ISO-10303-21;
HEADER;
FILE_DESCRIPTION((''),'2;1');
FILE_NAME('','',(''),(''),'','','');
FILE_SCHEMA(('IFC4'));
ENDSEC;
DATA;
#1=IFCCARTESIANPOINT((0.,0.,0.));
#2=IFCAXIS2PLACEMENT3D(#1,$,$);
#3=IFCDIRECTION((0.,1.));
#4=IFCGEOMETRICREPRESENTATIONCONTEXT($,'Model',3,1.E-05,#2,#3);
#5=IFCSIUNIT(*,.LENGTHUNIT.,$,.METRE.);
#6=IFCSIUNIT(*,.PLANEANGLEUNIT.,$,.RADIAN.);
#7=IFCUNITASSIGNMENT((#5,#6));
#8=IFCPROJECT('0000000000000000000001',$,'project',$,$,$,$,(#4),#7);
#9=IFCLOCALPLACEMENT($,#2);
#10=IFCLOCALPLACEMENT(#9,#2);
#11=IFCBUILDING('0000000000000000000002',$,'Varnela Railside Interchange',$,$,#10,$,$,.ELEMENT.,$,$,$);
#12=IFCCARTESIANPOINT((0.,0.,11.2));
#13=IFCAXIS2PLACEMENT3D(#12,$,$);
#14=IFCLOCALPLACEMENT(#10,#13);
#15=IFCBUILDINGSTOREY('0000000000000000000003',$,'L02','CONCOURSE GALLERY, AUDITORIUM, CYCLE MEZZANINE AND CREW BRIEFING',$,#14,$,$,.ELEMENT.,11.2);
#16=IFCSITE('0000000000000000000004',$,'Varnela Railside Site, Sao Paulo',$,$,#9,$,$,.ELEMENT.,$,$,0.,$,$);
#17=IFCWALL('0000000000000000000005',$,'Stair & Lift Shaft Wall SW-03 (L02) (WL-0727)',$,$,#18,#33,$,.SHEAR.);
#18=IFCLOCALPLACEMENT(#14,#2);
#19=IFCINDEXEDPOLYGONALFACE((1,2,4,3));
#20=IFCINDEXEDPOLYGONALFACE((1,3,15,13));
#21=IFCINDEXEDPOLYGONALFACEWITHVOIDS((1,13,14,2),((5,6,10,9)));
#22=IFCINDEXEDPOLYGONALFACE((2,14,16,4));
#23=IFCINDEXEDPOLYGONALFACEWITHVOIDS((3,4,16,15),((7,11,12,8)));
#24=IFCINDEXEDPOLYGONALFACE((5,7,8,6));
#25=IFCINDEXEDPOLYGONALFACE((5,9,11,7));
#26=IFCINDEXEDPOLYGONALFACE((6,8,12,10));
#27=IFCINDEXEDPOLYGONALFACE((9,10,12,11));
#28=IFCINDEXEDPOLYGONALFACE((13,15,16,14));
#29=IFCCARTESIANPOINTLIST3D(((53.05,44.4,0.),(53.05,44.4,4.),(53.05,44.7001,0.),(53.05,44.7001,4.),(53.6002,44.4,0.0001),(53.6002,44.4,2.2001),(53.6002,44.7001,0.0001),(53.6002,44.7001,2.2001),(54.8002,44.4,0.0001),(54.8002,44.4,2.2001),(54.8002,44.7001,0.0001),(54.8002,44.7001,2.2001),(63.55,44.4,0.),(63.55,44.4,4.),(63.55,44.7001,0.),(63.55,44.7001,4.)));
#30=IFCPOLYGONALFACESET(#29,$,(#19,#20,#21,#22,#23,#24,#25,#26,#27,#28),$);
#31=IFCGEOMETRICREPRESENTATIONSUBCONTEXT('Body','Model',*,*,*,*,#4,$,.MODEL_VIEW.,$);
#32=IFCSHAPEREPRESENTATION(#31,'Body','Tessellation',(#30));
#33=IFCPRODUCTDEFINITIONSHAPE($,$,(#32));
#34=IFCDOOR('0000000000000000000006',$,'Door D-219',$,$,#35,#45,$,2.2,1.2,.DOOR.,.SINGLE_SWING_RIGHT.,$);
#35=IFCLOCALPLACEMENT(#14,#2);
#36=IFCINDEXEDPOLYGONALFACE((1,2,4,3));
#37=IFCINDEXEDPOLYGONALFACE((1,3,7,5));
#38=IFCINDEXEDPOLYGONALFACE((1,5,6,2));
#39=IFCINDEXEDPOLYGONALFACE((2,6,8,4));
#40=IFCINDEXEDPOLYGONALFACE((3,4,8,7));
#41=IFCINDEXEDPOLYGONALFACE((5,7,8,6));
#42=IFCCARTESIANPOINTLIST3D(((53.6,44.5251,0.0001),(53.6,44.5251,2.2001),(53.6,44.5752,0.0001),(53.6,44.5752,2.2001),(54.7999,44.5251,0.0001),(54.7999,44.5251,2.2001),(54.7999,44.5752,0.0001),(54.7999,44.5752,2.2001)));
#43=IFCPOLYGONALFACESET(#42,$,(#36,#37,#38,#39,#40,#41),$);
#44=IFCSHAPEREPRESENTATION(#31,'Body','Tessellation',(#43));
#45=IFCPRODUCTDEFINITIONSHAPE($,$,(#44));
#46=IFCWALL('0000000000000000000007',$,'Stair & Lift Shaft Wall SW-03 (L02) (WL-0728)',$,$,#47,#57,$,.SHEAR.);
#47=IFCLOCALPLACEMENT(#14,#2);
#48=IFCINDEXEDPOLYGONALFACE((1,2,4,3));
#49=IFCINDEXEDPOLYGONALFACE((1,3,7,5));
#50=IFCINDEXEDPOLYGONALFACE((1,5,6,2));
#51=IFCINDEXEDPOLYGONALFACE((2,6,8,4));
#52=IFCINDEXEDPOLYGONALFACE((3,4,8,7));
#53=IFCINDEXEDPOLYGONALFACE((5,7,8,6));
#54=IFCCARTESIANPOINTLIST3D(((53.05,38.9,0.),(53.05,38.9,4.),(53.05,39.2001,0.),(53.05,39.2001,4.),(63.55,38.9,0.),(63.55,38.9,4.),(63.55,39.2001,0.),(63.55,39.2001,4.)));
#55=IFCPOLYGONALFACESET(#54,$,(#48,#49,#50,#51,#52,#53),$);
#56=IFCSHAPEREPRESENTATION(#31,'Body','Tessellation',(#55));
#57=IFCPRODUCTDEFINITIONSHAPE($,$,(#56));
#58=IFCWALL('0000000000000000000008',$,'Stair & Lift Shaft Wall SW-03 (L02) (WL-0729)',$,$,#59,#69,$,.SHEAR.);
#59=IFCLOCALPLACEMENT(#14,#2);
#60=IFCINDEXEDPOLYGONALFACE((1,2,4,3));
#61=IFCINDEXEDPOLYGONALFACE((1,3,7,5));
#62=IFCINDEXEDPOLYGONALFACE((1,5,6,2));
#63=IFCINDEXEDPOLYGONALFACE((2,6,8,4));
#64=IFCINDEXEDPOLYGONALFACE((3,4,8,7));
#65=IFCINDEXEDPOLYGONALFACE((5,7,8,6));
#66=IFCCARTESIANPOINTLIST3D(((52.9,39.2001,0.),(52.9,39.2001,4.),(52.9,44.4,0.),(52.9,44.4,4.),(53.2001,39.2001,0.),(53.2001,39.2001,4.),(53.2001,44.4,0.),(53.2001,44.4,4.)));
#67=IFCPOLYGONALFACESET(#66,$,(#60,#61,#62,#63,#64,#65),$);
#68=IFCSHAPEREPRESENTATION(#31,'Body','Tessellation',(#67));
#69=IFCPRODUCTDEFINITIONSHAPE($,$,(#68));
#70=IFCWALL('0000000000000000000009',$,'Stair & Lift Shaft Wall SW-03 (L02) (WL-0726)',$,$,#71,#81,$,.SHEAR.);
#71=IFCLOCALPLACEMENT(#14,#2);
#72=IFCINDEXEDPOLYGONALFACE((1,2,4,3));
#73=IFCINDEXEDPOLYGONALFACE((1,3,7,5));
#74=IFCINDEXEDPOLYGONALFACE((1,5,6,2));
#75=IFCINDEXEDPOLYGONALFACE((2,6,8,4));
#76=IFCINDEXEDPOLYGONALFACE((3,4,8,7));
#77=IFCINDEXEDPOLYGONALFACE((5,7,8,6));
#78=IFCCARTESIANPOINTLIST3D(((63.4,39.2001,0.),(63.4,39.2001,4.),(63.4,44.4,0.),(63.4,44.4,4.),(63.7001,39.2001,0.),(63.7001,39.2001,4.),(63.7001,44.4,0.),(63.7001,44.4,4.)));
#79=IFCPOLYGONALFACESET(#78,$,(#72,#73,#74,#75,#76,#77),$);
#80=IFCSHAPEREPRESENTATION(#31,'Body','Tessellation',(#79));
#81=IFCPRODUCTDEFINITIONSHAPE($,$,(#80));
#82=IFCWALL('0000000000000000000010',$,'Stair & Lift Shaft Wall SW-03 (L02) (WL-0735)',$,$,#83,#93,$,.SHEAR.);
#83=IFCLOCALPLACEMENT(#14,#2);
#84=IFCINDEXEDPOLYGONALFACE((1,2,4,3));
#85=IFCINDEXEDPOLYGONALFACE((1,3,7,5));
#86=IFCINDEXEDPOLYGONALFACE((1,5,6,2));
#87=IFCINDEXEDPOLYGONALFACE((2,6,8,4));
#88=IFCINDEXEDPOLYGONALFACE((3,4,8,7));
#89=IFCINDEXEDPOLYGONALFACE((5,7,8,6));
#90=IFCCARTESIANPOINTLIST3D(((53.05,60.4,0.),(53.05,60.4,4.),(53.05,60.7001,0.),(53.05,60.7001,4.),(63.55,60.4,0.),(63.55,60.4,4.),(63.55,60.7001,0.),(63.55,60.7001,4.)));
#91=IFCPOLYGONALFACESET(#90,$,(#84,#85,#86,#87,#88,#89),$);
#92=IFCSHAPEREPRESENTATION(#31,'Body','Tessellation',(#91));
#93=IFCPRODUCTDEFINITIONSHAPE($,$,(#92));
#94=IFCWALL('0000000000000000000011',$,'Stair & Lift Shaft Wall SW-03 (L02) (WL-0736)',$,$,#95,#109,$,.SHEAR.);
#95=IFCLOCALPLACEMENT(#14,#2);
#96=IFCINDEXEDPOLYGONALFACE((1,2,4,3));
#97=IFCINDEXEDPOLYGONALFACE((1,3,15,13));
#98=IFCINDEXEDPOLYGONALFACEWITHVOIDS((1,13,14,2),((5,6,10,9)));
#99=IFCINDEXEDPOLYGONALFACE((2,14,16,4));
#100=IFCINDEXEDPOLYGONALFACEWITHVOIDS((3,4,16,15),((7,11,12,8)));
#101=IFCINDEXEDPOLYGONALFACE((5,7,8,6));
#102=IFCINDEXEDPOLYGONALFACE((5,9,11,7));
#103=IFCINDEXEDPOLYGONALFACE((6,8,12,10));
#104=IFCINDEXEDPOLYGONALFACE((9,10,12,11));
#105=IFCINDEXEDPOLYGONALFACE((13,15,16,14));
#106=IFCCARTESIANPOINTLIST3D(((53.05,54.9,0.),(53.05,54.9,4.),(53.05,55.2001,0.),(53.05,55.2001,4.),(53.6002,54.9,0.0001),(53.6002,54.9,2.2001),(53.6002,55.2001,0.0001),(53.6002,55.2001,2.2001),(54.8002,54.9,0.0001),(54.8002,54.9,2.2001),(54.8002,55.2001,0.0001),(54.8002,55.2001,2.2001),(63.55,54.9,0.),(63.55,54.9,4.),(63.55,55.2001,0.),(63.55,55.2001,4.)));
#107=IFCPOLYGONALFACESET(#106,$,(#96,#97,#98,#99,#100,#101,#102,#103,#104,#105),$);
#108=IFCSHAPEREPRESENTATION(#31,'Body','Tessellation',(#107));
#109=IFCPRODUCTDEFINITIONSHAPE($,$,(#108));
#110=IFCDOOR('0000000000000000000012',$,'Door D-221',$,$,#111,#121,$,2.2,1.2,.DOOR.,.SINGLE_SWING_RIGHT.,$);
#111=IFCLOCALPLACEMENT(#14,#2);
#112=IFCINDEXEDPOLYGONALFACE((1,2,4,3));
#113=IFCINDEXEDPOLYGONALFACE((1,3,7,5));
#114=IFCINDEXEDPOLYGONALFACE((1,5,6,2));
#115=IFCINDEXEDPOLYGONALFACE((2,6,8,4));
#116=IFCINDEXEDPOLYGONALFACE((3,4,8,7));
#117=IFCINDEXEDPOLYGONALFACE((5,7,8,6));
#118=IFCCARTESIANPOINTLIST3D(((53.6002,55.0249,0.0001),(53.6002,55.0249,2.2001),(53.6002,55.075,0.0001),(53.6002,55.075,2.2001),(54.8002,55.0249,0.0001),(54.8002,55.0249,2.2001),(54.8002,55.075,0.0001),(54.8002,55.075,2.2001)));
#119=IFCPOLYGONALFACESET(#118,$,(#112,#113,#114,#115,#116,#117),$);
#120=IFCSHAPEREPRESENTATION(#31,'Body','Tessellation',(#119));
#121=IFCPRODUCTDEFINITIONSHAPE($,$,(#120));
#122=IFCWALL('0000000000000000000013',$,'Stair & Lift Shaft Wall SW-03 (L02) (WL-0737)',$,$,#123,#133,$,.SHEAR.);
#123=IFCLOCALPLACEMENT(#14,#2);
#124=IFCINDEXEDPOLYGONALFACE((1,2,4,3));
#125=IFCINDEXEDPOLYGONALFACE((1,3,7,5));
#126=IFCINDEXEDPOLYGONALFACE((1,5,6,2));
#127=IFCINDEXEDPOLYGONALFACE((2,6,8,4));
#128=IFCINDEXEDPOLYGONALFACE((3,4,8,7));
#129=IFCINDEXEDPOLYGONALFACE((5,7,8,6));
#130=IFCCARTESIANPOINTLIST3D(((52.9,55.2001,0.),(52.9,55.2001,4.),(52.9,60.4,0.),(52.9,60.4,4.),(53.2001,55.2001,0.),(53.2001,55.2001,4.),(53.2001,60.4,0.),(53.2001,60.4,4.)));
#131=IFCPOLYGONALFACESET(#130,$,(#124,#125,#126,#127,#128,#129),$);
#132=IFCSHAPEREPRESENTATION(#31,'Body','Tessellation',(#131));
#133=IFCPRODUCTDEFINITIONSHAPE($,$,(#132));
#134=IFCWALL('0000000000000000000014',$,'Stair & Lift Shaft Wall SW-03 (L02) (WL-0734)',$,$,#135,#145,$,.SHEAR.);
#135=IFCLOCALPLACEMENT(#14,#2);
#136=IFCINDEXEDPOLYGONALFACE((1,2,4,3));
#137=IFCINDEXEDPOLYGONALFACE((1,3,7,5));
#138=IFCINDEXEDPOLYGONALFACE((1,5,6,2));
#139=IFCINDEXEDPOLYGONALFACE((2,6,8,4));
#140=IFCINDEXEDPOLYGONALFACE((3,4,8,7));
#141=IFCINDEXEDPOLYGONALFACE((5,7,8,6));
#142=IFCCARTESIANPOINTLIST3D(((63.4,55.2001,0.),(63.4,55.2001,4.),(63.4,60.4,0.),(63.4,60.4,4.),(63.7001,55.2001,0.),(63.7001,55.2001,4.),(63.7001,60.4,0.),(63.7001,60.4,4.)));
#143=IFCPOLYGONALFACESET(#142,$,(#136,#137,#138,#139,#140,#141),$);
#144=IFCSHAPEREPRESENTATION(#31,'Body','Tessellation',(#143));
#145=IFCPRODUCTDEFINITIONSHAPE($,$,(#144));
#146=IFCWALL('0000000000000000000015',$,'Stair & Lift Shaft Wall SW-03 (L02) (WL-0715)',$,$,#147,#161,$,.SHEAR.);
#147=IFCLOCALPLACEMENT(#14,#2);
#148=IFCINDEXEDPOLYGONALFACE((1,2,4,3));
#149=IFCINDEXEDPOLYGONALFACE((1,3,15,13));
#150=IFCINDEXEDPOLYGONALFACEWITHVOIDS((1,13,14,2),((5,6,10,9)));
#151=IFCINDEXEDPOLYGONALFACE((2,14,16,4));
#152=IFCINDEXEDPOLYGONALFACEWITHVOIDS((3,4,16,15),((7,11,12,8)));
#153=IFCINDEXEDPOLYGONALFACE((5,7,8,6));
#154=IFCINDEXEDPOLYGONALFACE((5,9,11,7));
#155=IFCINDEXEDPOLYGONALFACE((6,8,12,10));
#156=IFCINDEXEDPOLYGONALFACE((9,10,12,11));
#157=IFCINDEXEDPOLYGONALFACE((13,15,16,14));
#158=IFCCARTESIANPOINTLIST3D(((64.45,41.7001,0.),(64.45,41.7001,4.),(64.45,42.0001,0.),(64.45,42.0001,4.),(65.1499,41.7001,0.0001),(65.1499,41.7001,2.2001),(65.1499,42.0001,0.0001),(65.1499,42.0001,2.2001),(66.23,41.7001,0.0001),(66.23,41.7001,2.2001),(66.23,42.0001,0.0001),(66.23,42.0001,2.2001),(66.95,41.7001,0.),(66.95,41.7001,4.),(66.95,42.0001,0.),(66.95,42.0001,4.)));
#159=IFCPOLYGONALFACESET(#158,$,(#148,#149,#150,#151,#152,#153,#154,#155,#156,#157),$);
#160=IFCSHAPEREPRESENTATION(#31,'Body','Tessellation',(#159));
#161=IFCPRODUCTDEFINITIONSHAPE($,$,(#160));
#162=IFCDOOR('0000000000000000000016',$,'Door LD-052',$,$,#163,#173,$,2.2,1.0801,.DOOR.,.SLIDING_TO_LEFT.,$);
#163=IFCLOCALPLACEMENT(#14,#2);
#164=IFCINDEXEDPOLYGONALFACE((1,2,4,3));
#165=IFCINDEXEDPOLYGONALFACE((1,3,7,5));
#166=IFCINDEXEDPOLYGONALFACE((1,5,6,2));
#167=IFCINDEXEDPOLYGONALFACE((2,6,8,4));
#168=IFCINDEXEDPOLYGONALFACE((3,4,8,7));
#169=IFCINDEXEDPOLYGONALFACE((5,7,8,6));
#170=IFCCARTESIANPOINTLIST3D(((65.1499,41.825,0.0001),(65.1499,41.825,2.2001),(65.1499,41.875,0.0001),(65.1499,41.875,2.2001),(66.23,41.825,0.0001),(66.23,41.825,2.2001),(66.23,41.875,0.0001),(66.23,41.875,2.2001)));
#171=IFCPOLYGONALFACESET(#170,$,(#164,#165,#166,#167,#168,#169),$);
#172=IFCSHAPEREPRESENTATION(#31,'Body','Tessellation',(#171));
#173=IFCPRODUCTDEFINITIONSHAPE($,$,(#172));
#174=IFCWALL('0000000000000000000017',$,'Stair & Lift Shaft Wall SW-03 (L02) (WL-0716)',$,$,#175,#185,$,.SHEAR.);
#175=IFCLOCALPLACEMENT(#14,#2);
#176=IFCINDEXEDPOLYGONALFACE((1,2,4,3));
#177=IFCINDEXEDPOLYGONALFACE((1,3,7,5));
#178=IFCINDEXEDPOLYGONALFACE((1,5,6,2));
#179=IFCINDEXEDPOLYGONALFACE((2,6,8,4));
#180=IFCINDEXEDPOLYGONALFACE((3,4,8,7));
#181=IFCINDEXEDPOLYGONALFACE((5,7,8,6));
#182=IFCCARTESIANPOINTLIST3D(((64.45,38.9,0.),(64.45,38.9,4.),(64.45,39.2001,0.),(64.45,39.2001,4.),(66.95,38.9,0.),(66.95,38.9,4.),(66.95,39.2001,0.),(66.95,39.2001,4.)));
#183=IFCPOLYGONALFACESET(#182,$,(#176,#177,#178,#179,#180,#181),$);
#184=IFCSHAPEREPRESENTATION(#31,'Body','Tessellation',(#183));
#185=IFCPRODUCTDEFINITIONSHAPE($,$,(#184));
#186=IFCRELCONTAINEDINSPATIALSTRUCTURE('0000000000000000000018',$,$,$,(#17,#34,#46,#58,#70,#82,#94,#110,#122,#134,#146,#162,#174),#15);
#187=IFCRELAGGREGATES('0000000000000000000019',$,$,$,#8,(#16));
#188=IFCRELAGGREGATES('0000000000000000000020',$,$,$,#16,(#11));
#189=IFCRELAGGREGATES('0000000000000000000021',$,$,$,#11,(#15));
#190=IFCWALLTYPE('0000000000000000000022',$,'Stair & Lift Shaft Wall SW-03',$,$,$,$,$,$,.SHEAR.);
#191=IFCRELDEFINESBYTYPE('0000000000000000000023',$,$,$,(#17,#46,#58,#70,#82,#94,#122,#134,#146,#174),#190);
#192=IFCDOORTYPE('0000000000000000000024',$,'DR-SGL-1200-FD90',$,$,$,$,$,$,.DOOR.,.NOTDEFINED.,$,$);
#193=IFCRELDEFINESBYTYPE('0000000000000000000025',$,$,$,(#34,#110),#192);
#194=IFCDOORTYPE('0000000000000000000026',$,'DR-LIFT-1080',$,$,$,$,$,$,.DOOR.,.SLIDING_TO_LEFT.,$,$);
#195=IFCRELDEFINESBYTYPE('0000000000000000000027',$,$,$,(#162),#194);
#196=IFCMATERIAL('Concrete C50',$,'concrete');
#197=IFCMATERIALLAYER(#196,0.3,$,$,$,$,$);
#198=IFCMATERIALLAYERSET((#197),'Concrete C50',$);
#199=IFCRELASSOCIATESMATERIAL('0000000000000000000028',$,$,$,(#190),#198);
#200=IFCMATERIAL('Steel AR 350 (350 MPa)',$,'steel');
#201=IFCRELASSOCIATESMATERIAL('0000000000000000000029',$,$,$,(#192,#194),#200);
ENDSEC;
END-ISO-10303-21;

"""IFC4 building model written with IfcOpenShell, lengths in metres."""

from ifc_helpers import new_model, si_unit, direction, frame, frame_2d, origin, place, context, subcontext, project, spatial, rectangle, extrude, material, layer, layer_set, type_object, element, fill, save


model = new_model("IFC4")

# Units and contexts
model_context = context("Model", 3, precision=1e-05, world=origin(), true_north=direction((0.0, 1.0)))
body_context = subcontext(model_context, "Body", "Model", "MODEL_VIEW")
ifc_project = project(units=[si_unit("LENGTHUNIT", "METRE"), si_unit("PLANEANGLEUNIT", "RADIAN")], contexts=[model_context])

# Site, building, storey
site_placement = place(None, origin())
site = spatial("IfcSite", under=ifc_project, at=site_placement, Name="Varnela Railside Site, Sao Paulo", CompositionType="ELEMENT", RefElevation=0.0)
building_placement = place(site_placement, origin())
building = spatial("IfcBuilding", under=site, at=building_placement, Name="Varnela Railside Interchange", CompositionType="ELEMENT")
storey_placement = place(building_placement, frame((0.0, 0.0, 11.2)))
storey = spatial("IfcBuildingStorey", under=building, at=storey_placement, Name="L02", Description="CONCOURSE GALLERY, AUDITORIUM, CYCLE MEZZANINE AND CREW BRIEFING", CompositionType="ELEMENT", Elevation=11.2)

# Shared definitions
ifc_material_1 = material(Name="Concrete C50", Category="concrete")

# Shared definitions
ifc_material_2 = material(Name="Steel AR 350 (350 MPa)", Category="steel")

# Wall, opening, door
ifc_layer_1 = layer(ifc_material_1, 0.3)
ifc_layer_set_1 = layer_set([ifc_layer_1], Name="Concrete C50")
wall_type_1 = type_object("IfcWallType", Name="Stair & Lift Shaft Wall SW-03", PredefinedType="SHEAR", material=ifc_layer_set_1)
wall_1_placement = place(storey_placement, frame((53.05, 44.55, 0.0), z_axis=(0.0, 0.0, 1.0), x_axis=(1.0, 0.0, 0.0)))
wall_1 = element("IfcWall", 1, at=wall_1_placement, inside=storey, type_object=wall_type_1, Name="Stair & Lift Shaft Wall SW-03 (L02) (WL-0727)", PredefinedType="SHEAR", context=body_context, shape_type="SweptSolid", body=[
    extrude(rectangle(XDim=10.5, YDim=0.3, at=frame_2d((5.25, 0.0))), origin(), (0.0, 0.0, 1.0), 4.0),
])
opening_1_placement = place(wall_1_placement, frame((0.55, 0.0, 0.0)))
opening_1 = element("IfcOpeningElement", 2, at=opening_1_placement, cuts=wall_1, PredefinedType="OPENING", context=body_context, shape_type="SweptSolid", body=[
    extrude(rectangle(XDim=1.2, YDim=2.2, at=frame_2d((0.6001, 1.1001))), frame((0.0, 0.1599, 0.0), z_axis=(0.0, -1.0, 0.0), x_axis=(1.0, 0.0, 0.0)), (0.0, 0.0, 1.0), 0.3201),
])
door_type_1 = type_object("IfcDoorType", Name="DR-SGL-1200-FD90", OperationType="NOTDEFINED", PredefinedType="DOOR", material=ifc_material_2)
door_1_placement = place(opening_1_placement, frame((1.2, 0.0, 0.0), z_axis=(0.0, 0.0, 1.0), x_axis=(-1.0, 0.0, 0.0)))
door_1 = element("IfcDoor", 3, at=door_1_placement, inside=storey, type_object=door_type_1, Name="Door D-219", OperationType="SINGLE_SWING_RIGHT", OverallHeight=2.2, OverallWidth=1.2, PredefinedType="DOOR", context=body_context, shape_type="SweptSolid", body=[
    extrude(rectangle(XDim=1.2, YDim=2.2, at=frame_2d((0.6001, 1.1001))), frame((0.0, 0.0249, 0.0), z_axis=(0.0, -1.0, 0.0), x_axis=(1.0, 0.0, 0.0)), (0.0, 0.0, 1.0), 0.05),
])
fill(opening_1, door_1)

# Walls
wall_2_placement = place(storey_placement, frame((53.05, 39.05, 0.0), z_axis=(0.0, 0.0, 1.0), x_axis=(1.0, 0.0, 0.0)))
element("IfcWall", 4, at=wall_2_placement, inside=storey, type_object=wall_type_1, Name="Stair & Lift Shaft Wall SW-03 (L02) (WL-0728)", PredefinedType="SHEAR", context=body_context, shape_type="SweptSolid", body=[
    extrude(rectangle(XDim=10.5, YDim=0.3, at=frame_2d((5.25, 0.0))), origin(), (0.0, 0.0, 1.0), 4.0),
])
for number, where, z_axis, x_axis, name in (
    (5, (53.05, 39.2, 0.0), (0.0, 0.0, 1.0), (0.0, 1.0, 0.0), "Stair & Lift Shaft Wall SW-03 (L02) (WL-0729)"),
    (6, (63.55, 39.2, 0.0), (0.0, 0.0, 1.0), (0.0, 1.0, 0.0), "Stair & Lift Shaft Wall SW-03 (L02) (WL-0726)"),
):
    element("IfcWall", number, at=place(storey_placement, frame(where, z_axis=z_axis, x_axis=x_axis)), inside=storey, type_object=wall_type_1, Name=name, PredefinedType="SHEAR", context=body_context, shape_type="SweptSolid", body=[
        extrude(rectangle(XDim=5.2, YDim=0.3, at=frame_2d((2.6001, 0.0))), origin(), (0.0, 0.0, 1.0), 4.0),
    ])
wall_3_placement = place(storey_placement, frame((53.05, 60.55, 0.0), z_axis=(0.0, 0.0, 1.0), x_axis=(1.0, 0.0, 0.0)))
element("IfcWall", 7, at=wall_3_placement, inside=storey, type_object=wall_type_1, Name="Stair & Lift Shaft Wall SW-03 (L02) (WL-0735)", PredefinedType="SHEAR", context=body_context, shape_type="SweptSolid", body=[
    extrude(rectangle(XDim=10.5, YDim=0.3, at=frame_2d((5.25, 0.0))), origin(), (0.0, 0.0, 1.0), 4.0),
])

# Wall, opening, door
wall_4_placement = place(storey_placement, frame((53.05, 55.05, 0.0), z_axis=(0.0, 0.0, 1.0), x_axis=(1.0, 0.0, 0.0)))
wall_4 = element("IfcWall", 8, at=wall_4_placement, inside=storey, type_object=wall_type_1, Name="Stair & Lift Shaft Wall SW-03 (L02) (WL-0736)", PredefinedType="SHEAR", context=body_context, shape_type="SweptSolid", body=[
    extrude(rectangle(XDim=10.5, YDim=0.3, at=frame_2d((5.25, 0.0))), origin(), (0.0, 0.0, 1.0), 4.0),
])
opening_2_placement = place(wall_4_placement, frame((0.55, 0.0, 0.0)))
opening_2 = element("IfcOpeningElement", 9, at=opening_2_placement, cuts=wall_4, PredefinedType="OPENING", context=body_context, shape_type="SweptSolid", body=[
    extrude(rectangle(XDim=1.2, YDim=2.2, at=frame_2d((0.6001, 1.1001))), frame((0.0, 0.1599, 0.0), z_axis=(0.0, -1.0, 0.0), x_axis=(1.0, 0.0, 0.0)), (0.0, 0.0, 1.0), 0.3201),
])
door_2_placement = place(opening_2_placement, origin())
door_2 = element("IfcDoor", 10, at=door_2_placement, inside=storey, type_object=door_type_1, Name="Door D-221", OperationType="SINGLE_SWING_RIGHT", OverallHeight=2.2, OverallWidth=1.2, PredefinedType="DOOR", context=body_context, shape_type="SweptSolid", body=[
    extrude(rectangle(XDim=1.2, YDim=2.2, at=frame_2d((0.6001, 1.1001))), frame((0.0, 0.0249, 0.0), z_axis=(0.0, -1.0, 0.0), x_axis=(1.0, 0.0, 0.0)), (0.0, 0.0, 1.0), 0.05),
])
fill(opening_2, door_2)

# Walls
for number, where, z_axis, x_axis, name in (
    (11, (53.05, 55.2, 0.0), (0.0, 0.0, 1.0), (0.0, 1.0, 0.0), "Stair & Lift Shaft Wall SW-03 (L02) (WL-0737)"),
    (12, (63.55, 55.2, 0.0), (0.0, 0.0, 1.0), (0.0, 1.0, 0.0), "Stair & Lift Shaft Wall SW-03 (L02) (WL-0734)"),
):
    element("IfcWall", number, at=place(storey_placement, frame(where, z_axis=z_axis, x_axis=x_axis)), inside=storey, type_object=wall_type_1, Name=name, PredefinedType="SHEAR", context=body_context, shape_type="SweptSolid", body=[
        extrude(rectangle(XDim=5.2, YDim=0.3, at=frame_2d((2.6001, 0.0))), origin(), (0.0, 0.0, 1.0), 4.0),
    ])

# Wall, opening, door
wall_5_placement = place(storey_placement, frame((64.45, 41.8501, 0.0), z_axis=(0.0, 0.0, 1.0), x_axis=(1.0, 0.0, 0.0)))
wall_5 = element("IfcWall", 13, at=wall_5_placement, inside=storey, type_object=wall_type_1, Name="Stair & Lift Shaft Wall SW-03 (L02) (WL-0715)", PredefinedType="SHEAR", context=body_context, shape_type="SweptSolid", body=[
    extrude(rectangle(XDim=2.5, YDim=0.3, at=frame_2d((1.25, 0.0))), origin(), (0.0, 0.0, 1.0), 4.0),
])
opening_3_placement = place(wall_5_placement, frame((0.7, 0.0, 0.0)))
opening_3 = element("IfcOpeningElement", 14, at=opening_3_placement, cuts=wall_5, PredefinedType="OPENING", context=body_context, shape_type="SweptSolid", body=[
    extrude(rectangle(XDim=1.0801, YDim=2.2, at=frame_2d((0.54, 1.1001))), frame((0.0, 0.1599, 0.0), z_axis=(0.0, -1.0, 0.0), x_axis=(1.0, 0.0, 0.0)), (0.0, 0.0, 1.0), 0.3201),
])
door_type_2 = type_object("IfcDoorType", Name="DR-LIFT-1080", OperationType="SLIDING_TO_LEFT", PredefinedType="DOOR", material=ifc_material_2)
door_3_placement = place(opening_3_placement, origin())
door_3 = element("IfcDoor", 15, at=door_3_placement, inside=storey, type_object=door_type_2, Name="Door LD-052", OperationType="SLIDING_TO_LEFT", OverallHeight=2.2, OverallWidth=1.0801, PredefinedType="DOOR", context=body_context, shape_type="SweptSolid", body=[
    extrude(rectangle(XDim=1.0801, YDim=2.2, at=frame_2d((0.54, 1.1001))), frame((0.0, 0.0249, 0.0), z_axis=(0.0, -1.0, 0.0), x_axis=(1.0, 0.0, 0.0)), (0.0, 0.0, 1.0), 0.05),
])
fill(opening_3, door_3)

# Wall
for number, where, z_axis, x_axis, name in (
    (16, (64.45, 39.05, 0.0), (0.0, 0.0, 1.0), (1.0, 0.0, 0.0), "Stair & Lift Shaft Wall SW-03 (L02) (WL-0716)"),
):
    element("IfcWall", number, at=place(storey_placement, frame(where, z_axis=z_axis, x_axis=x_axis)), inside=storey, type_object=wall_type_1, Name=name, PredefinedType="SHEAR", context=body_context, shape_type="SweptSolid", body=[
        extrude(rectangle(XDim=2.5, YDim=0.3, at=frame_2d((1.25, 0.0))), origin(), (0.0, 0.0, 1.0), 4.0),
    ])

save(model, "model.ifc")
